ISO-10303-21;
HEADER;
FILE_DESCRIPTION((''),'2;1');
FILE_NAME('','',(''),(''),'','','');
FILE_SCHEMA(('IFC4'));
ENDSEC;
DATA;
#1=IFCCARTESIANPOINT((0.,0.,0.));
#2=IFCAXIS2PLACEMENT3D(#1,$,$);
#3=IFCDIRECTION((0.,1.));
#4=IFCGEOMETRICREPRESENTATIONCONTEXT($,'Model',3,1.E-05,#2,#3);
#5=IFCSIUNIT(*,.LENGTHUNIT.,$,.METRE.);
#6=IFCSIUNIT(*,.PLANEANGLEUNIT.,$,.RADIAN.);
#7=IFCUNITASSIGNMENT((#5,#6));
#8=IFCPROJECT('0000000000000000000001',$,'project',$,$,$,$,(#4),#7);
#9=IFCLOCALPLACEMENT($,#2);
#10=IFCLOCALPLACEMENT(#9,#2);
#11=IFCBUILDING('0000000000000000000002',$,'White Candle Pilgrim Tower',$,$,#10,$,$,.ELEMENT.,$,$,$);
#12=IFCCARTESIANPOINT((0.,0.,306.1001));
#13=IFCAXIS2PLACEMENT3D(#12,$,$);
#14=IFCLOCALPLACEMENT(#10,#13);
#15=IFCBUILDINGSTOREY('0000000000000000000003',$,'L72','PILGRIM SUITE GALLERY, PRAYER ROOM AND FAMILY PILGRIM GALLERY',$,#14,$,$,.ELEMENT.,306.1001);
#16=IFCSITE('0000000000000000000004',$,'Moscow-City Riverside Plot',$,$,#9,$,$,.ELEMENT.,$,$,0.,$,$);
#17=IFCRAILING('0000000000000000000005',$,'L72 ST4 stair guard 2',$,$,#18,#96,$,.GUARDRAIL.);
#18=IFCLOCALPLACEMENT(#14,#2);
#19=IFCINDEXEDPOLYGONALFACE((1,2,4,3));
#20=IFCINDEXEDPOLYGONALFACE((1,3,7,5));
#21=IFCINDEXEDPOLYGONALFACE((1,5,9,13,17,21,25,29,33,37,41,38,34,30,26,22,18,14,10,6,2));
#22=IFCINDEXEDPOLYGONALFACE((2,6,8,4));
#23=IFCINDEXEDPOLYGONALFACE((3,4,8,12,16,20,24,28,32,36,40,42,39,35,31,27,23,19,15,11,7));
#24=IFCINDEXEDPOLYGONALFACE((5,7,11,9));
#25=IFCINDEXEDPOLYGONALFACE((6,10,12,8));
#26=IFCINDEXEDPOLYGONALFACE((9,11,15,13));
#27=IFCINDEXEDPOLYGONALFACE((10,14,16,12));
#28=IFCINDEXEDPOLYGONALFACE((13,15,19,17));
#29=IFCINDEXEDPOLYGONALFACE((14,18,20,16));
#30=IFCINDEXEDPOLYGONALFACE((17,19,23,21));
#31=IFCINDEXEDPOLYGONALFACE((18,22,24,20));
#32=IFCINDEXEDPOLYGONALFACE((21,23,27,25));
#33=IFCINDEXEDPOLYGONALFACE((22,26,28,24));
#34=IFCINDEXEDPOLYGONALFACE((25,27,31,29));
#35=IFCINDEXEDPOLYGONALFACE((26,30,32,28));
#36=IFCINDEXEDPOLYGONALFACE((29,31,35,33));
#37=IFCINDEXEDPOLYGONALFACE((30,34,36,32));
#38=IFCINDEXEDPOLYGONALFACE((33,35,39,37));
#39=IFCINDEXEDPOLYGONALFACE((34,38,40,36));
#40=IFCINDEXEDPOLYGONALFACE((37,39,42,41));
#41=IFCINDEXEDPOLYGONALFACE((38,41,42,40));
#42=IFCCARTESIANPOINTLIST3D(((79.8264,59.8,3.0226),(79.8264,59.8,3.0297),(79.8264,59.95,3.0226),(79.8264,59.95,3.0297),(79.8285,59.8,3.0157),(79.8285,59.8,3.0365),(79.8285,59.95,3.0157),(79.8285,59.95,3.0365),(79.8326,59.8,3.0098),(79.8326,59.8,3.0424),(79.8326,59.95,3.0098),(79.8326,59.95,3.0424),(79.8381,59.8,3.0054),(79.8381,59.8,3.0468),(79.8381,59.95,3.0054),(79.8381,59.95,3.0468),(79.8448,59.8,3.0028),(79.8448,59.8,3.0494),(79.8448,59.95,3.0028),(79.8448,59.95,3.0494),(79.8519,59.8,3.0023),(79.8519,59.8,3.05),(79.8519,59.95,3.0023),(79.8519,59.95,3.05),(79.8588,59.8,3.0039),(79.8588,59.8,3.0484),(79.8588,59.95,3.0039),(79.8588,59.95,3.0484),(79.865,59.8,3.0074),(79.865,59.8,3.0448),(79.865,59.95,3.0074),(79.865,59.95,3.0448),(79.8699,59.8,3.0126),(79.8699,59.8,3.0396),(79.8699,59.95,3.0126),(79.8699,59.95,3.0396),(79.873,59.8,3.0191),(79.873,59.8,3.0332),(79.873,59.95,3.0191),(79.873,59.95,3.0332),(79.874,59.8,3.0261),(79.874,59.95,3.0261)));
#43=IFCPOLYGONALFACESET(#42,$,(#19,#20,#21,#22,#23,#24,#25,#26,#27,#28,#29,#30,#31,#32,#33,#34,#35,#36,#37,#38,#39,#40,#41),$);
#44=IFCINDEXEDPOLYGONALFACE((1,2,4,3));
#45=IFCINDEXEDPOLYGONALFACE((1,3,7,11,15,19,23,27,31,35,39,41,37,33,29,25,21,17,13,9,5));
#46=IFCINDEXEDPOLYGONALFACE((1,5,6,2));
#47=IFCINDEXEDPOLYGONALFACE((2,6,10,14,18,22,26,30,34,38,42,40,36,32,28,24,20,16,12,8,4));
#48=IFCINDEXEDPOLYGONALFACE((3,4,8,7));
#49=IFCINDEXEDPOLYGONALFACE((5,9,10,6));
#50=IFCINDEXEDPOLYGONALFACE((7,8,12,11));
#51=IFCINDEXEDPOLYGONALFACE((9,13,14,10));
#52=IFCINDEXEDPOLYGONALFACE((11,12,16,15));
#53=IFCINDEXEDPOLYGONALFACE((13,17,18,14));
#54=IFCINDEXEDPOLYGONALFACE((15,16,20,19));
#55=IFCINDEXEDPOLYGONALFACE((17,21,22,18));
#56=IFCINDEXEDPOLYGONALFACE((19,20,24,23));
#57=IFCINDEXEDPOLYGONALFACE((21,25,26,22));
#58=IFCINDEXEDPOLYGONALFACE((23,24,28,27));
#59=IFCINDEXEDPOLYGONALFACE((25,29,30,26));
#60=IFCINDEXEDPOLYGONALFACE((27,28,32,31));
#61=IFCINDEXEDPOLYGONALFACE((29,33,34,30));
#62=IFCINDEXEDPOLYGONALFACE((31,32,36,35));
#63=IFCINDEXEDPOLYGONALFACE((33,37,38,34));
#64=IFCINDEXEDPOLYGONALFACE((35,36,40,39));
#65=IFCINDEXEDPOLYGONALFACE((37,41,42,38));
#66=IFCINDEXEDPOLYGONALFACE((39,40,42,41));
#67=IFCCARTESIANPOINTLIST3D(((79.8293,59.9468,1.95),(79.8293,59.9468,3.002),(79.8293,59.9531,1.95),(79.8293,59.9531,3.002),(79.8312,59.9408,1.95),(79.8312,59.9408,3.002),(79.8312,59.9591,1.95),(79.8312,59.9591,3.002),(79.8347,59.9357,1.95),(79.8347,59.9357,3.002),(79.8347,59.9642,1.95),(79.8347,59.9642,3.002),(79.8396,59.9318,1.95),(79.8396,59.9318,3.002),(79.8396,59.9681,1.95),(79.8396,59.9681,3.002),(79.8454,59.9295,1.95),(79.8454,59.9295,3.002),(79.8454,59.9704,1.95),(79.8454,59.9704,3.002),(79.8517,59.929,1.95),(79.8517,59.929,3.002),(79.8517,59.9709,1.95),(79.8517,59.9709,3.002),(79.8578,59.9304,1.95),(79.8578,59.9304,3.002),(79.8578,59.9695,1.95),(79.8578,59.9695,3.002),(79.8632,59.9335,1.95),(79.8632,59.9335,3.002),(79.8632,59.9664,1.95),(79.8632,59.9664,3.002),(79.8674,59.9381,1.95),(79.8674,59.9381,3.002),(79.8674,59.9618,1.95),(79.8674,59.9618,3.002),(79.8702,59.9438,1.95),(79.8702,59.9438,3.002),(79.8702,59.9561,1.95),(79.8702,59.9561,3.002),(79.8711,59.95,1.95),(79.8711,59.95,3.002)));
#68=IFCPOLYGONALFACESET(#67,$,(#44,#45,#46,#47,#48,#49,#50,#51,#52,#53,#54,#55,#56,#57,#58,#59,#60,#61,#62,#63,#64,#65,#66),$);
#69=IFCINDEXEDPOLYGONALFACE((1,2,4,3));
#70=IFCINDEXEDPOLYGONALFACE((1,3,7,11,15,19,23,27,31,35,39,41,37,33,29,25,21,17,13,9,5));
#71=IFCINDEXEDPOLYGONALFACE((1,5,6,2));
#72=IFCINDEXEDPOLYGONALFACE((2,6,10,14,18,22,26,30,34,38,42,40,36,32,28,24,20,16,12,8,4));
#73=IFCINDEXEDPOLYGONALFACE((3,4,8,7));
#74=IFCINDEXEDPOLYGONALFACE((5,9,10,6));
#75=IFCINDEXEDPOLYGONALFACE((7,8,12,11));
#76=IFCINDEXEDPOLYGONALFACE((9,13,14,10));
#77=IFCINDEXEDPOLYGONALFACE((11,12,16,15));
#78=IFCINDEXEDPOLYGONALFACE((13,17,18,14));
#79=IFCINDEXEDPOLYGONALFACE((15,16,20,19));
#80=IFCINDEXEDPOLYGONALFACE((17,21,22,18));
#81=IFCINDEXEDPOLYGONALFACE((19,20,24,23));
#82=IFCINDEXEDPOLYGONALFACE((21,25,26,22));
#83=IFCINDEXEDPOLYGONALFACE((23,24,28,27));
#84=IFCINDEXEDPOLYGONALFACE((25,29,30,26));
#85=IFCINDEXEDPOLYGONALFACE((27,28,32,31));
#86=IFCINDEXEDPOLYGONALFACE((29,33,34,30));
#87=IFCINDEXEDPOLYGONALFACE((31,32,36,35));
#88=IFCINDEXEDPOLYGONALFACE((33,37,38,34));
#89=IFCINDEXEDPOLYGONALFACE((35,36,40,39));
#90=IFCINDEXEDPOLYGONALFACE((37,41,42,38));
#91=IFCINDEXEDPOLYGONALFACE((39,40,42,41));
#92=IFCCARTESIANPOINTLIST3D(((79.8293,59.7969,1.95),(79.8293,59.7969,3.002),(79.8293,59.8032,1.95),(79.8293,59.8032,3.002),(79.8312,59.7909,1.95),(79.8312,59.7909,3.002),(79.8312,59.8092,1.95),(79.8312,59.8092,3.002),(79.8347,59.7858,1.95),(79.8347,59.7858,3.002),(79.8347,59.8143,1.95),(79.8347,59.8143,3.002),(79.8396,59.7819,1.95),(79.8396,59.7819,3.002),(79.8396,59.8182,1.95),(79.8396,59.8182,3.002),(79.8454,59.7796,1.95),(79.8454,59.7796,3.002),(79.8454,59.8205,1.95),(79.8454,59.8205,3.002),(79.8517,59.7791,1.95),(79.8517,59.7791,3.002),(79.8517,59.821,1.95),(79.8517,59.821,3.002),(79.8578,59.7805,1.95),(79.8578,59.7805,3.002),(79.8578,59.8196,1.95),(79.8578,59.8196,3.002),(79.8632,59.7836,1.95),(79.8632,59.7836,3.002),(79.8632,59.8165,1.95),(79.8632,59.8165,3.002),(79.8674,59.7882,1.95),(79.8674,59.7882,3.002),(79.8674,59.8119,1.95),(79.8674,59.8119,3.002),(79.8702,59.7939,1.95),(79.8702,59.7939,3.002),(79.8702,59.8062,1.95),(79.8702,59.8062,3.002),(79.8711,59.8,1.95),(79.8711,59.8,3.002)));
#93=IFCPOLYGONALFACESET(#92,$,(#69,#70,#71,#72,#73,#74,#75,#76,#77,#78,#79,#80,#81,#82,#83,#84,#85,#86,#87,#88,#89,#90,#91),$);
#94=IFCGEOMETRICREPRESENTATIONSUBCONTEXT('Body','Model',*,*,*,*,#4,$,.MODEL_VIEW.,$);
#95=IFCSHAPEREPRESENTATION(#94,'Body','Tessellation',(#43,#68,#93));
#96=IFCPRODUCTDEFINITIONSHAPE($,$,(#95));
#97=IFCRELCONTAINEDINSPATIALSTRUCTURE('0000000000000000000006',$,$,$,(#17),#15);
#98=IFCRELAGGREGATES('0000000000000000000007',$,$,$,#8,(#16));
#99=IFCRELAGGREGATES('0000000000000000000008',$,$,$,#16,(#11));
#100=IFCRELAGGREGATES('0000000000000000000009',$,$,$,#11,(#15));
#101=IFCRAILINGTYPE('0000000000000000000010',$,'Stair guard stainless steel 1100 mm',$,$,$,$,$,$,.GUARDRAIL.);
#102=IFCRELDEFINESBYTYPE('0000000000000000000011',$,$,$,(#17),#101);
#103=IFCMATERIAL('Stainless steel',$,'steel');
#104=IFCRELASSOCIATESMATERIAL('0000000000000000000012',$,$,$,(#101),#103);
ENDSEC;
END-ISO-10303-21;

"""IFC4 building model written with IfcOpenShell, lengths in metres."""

from ifc_helpers import new_model, si_unit, direction, frame, origin, origin_2d, place, context, subcontext, project, spatial, circle, extrude, material, type_object, element, save


model = new_model("IFC4")

# Units and contexts
model_context = context("Model", 3, precision=1e-05, world=origin(), true_north=direction((0.0, 1.0)))
body_context = subcontext(model_context, "Body", "Model", "MODEL_VIEW")
ifc_project = project(units=[si_unit("LENGTHUNIT", "METRE"), si_unit("PLANEANGLEUNIT", "RADIAN")], contexts=[model_context])

# Site, building, storey
site_placement = place(None, origin())
site = spatial("IfcSite", under=ifc_project, at=site_placement, Name="Moscow-City Riverside Plot", CompositionType="ELEMENT", RefElevation=0.0)
building_placement = place(site_placement, origin())
building = spatial("IfcBuilding", under=site, at=building_placement, Name="White Candle Pilgrim Tower", CompositionType="ELEMENT")
storey_placement = place(building_placement, frame((0.0, 0.0, 306.1001)))
storey = spatial("IfcBuildingStorey", under=building, at=storey_placement, Name="L72", Description="PILGRIM SUITE GALLERY, PRAYER ROOM AND FAMILY PILGRIM GALLERY", CompositionType="ELEMENT", Elevation=306.1001)

# Railing
ifc_material_1 = material(Name="Stainless steel", Category="steel")
railing_type_1 = type_object("IfcRailingType", Name="Stair guard stainless steel 1100 mm", PredefinedType="GUARDRAIL", material=ifc_material_1)
railing_1_placement = place(storey_placement, frame((79.8501, 59.95, 1.95)))
element("IfcRailing", 1, at=railing_1_placement, inside=storey, type_object=railing_type_1, Name="L72 ST4 stair guard 2", PredefinedType="GUARDRAIL", context=body_context, shape_type="SweptSolid", body=[
    extrude(circle(Radius=0.0239, at=origin_2d()), frame((0.0, 0.0, 1.0762), z_axis=(0.0, -1.0, 0.0), x_axis=(1.0, 0.0, 0.0)), (0.0, 0.0, 1.0), 0.1499),
    extrude(circle(Radius=0.021, at=origin_2d()), origin(), (0.0, 0.0, 1.0), 1.052),
    extrude(circle(Radius=0.021, at=origin_2d()), frame((0.0, -0.1499, 0.0)), (0.0, 0.0, 1.0), 1.052),
])

save(model, "model.ifc")
